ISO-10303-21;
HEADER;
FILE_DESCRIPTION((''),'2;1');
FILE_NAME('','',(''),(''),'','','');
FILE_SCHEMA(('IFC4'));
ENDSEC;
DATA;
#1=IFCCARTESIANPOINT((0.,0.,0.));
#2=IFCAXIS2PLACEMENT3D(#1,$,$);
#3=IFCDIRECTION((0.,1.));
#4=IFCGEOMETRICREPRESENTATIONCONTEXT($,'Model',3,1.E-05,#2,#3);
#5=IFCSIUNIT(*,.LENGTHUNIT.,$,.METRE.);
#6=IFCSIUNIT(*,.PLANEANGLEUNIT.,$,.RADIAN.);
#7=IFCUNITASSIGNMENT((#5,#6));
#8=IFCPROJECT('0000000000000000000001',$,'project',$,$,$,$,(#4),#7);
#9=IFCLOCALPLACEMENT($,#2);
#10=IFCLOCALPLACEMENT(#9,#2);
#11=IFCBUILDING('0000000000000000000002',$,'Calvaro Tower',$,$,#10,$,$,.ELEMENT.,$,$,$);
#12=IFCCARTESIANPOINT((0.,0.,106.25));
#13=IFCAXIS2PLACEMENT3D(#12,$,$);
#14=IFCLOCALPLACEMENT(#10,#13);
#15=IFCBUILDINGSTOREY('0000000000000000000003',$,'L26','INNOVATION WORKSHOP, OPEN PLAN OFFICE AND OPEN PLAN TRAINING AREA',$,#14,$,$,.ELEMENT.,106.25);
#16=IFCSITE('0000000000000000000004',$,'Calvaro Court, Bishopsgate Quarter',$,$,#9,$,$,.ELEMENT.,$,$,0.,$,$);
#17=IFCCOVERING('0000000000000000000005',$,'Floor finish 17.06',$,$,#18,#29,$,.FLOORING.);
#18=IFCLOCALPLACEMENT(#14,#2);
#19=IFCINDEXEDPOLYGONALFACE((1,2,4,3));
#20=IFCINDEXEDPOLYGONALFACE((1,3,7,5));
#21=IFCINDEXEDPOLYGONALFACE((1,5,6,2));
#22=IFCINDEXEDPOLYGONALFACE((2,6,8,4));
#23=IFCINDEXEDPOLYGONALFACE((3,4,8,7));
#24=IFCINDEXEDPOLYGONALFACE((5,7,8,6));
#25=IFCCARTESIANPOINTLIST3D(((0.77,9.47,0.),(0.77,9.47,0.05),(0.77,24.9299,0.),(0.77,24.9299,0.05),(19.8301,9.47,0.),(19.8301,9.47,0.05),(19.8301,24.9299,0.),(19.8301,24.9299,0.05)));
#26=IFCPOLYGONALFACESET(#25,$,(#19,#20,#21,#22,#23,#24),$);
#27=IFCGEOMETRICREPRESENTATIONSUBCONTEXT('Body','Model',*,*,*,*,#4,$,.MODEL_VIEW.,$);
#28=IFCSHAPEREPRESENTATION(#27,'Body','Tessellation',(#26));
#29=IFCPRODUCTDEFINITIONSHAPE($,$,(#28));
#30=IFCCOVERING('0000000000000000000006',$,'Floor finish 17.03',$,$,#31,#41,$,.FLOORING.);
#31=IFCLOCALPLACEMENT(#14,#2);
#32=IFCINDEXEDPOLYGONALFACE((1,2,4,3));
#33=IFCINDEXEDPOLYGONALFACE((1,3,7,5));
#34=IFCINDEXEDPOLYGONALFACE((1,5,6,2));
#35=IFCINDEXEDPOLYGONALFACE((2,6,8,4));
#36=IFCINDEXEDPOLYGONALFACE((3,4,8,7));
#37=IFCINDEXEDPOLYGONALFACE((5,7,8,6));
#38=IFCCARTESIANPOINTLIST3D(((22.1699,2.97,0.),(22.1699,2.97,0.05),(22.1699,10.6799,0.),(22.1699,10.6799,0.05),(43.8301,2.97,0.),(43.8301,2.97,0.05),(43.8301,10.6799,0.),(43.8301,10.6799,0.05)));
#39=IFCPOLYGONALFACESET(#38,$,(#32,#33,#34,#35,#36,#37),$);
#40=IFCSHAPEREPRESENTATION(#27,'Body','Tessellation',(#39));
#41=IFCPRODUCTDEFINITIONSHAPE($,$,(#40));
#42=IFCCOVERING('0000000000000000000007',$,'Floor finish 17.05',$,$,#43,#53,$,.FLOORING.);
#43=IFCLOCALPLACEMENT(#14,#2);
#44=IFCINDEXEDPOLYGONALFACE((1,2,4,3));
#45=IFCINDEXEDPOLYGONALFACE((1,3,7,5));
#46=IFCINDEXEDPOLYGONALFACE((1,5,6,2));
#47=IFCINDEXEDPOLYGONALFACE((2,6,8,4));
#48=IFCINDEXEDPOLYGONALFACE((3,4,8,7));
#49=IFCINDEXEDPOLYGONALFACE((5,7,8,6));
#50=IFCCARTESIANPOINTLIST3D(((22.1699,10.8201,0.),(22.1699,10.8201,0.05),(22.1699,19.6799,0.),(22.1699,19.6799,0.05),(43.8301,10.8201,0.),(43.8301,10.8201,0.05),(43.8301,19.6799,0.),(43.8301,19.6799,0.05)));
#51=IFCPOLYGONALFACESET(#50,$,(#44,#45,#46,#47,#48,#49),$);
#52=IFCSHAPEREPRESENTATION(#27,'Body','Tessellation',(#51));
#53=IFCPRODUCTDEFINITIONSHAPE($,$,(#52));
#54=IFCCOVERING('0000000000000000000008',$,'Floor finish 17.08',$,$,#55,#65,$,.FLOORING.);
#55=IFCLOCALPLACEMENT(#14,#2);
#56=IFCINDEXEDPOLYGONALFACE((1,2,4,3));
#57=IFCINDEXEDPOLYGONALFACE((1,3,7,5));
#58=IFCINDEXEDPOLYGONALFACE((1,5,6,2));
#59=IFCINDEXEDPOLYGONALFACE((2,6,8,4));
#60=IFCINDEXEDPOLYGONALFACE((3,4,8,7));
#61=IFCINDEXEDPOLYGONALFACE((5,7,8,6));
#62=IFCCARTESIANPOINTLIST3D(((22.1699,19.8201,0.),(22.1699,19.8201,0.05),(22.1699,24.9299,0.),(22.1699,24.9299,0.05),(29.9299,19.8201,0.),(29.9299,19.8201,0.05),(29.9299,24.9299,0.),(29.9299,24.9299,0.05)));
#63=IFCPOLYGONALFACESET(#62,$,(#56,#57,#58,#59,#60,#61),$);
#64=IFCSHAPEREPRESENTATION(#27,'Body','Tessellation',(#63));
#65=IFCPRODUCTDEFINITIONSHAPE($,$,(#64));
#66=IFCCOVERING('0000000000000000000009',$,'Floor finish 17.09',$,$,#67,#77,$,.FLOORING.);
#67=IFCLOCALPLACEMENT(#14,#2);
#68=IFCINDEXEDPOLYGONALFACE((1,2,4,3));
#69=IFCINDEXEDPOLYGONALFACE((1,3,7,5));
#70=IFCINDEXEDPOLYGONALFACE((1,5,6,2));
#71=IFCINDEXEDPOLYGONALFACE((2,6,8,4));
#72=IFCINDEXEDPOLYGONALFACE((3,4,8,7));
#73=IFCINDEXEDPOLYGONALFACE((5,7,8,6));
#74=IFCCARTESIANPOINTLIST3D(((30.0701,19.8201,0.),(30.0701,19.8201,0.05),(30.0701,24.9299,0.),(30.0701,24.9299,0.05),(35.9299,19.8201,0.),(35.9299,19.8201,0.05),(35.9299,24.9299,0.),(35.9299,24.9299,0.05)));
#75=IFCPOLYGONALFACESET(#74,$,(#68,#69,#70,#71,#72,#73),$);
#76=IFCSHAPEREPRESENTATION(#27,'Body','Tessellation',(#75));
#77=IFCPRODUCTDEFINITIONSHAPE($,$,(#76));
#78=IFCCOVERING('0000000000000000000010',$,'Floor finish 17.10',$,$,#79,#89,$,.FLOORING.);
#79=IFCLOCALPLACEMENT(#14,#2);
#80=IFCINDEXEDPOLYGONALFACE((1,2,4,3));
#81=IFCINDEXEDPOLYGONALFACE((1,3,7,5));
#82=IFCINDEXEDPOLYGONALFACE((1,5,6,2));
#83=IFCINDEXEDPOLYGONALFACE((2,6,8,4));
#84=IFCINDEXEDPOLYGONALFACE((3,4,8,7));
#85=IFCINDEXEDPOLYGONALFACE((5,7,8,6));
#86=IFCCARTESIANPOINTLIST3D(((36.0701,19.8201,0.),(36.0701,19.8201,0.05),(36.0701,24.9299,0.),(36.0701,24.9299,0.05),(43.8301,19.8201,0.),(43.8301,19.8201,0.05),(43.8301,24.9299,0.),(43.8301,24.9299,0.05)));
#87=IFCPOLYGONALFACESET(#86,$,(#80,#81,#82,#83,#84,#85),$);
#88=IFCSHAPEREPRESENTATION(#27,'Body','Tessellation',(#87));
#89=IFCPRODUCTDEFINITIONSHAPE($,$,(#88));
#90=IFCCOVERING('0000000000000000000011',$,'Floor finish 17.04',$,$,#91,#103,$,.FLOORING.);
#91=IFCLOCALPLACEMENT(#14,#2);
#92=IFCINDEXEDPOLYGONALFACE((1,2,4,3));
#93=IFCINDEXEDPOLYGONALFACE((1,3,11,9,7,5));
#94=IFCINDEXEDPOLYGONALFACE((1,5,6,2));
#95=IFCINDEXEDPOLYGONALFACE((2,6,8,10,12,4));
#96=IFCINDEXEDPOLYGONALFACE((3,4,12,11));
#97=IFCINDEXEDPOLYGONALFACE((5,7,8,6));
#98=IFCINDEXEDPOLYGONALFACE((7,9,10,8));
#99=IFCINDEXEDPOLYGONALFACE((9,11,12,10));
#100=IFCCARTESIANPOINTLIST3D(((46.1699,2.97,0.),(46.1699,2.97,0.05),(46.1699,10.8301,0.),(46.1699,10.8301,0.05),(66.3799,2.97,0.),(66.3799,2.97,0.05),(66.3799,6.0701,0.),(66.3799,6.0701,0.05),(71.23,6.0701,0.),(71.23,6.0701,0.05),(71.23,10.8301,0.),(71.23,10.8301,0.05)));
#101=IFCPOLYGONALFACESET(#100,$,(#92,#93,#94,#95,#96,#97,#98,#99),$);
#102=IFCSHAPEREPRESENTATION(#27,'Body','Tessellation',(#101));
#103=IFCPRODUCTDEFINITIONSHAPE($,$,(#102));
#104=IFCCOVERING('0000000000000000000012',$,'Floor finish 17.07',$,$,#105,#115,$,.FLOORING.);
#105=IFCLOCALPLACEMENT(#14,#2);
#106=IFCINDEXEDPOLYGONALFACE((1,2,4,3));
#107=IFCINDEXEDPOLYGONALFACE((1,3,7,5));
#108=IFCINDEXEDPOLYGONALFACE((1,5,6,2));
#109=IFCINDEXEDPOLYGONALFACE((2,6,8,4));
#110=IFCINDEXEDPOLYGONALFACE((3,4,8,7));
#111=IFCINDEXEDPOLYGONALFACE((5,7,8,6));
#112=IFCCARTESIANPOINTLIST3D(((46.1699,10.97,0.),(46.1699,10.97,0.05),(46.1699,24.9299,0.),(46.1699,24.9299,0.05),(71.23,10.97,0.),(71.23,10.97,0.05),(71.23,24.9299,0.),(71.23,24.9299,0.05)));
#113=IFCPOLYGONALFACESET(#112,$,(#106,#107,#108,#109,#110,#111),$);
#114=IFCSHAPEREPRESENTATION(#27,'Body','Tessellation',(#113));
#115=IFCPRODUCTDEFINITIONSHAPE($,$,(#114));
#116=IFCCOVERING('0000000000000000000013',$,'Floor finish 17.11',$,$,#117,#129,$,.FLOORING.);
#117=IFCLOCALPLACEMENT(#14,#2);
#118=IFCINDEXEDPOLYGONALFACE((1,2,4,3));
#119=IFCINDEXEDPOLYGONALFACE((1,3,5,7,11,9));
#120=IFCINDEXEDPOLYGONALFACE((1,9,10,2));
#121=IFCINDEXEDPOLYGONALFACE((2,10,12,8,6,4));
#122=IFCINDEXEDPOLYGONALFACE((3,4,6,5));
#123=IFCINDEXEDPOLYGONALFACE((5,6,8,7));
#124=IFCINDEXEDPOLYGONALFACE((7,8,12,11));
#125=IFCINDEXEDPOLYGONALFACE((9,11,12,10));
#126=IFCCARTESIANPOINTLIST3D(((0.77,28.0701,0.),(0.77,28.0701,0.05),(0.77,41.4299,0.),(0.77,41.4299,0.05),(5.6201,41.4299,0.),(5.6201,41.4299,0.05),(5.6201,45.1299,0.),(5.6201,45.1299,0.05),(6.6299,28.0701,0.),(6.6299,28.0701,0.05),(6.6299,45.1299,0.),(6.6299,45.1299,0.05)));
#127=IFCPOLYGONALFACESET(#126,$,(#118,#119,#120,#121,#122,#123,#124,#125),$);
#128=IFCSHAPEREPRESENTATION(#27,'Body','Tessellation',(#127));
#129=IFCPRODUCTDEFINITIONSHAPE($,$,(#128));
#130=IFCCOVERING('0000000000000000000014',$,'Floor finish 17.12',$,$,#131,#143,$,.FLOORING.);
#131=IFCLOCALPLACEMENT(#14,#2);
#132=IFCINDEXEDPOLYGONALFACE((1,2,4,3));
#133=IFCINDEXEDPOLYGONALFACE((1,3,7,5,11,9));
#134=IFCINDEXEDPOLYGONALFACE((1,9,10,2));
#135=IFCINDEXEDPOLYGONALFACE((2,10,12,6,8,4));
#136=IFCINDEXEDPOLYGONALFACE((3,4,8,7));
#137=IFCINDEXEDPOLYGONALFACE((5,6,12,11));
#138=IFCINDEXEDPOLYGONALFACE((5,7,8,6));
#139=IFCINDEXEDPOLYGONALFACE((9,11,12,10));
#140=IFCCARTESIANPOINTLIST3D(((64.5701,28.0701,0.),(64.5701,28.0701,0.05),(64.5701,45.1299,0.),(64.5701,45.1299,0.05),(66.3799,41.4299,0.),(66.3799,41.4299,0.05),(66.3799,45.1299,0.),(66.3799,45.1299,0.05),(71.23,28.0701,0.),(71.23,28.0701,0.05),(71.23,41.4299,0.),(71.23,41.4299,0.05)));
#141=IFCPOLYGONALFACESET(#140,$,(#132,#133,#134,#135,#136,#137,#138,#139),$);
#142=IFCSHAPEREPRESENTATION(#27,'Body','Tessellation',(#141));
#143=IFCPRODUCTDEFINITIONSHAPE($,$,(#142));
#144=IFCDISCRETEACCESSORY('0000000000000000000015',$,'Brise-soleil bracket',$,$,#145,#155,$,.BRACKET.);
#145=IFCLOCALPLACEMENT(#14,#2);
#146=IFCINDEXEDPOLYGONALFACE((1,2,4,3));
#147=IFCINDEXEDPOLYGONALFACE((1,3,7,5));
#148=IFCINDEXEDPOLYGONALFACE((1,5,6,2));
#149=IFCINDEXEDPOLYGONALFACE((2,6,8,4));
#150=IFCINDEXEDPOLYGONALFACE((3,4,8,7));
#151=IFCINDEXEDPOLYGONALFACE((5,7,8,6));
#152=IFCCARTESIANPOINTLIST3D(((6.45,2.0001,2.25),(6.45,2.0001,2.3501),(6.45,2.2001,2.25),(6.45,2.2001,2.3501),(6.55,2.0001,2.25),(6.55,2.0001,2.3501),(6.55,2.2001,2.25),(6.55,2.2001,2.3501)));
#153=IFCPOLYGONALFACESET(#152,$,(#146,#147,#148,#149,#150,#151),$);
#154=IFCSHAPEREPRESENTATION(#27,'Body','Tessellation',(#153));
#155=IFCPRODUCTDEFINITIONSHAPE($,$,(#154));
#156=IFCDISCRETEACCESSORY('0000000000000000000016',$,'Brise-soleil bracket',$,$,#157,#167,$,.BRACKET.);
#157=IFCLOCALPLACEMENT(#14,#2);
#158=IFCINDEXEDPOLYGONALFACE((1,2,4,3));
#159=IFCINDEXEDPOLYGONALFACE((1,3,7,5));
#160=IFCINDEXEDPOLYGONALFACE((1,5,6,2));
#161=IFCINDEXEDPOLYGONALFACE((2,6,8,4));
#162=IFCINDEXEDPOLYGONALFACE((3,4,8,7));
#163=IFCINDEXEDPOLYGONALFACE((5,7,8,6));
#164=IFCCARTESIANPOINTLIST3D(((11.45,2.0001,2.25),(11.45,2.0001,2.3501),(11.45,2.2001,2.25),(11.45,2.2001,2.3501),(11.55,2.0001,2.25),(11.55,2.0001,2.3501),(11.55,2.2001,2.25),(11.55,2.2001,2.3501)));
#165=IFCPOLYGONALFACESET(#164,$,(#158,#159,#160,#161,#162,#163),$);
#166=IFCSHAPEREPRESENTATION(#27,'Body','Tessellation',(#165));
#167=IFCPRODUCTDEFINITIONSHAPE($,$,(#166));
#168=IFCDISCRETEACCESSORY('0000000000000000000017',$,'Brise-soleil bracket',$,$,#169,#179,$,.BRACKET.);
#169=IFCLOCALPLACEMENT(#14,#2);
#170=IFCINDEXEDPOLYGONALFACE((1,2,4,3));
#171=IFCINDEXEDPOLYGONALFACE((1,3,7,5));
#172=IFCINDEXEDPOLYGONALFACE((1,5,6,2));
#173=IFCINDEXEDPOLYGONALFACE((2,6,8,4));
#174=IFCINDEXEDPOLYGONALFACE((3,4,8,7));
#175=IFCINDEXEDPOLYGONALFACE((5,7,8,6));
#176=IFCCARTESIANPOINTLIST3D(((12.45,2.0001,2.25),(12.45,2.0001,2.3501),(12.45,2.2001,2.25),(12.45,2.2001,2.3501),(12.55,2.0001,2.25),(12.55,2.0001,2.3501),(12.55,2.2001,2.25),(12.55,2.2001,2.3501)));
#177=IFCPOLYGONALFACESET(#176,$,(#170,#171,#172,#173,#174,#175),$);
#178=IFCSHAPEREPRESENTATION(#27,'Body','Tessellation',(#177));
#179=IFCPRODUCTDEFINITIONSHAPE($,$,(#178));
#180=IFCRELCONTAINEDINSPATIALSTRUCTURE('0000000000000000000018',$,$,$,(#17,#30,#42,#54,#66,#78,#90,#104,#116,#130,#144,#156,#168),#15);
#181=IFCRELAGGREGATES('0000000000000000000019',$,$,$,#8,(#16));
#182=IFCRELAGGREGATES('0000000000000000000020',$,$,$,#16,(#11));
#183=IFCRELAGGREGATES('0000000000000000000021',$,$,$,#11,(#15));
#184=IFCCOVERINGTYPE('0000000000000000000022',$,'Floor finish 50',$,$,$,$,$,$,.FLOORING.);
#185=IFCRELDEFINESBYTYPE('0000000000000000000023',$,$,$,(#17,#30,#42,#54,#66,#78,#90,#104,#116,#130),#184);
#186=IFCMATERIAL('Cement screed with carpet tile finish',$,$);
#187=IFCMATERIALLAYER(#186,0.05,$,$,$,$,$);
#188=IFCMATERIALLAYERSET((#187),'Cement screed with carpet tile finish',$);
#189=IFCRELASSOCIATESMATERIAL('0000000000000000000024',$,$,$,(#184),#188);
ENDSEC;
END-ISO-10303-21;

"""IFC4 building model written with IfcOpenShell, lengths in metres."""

from ifc_helpers import new_model, si_unit, direction, frame, origin, origin_2d, place, context, subcontext, project, spatial, polyline, rectangle, outline, extrude, material, layer, layer_set, type_object, element, save


model = new_model("IFC4")

# Units and contexts
model_context = context("Model", 3, precision=1e-05, world=origin(), true_north=direction((0.0, 1.0)))
body_context = subcontext(model_context, "Body", "Model", "MODEL_VIEW")
ifc_project = project(units=[si_unit("LENGTHUNIT", "METRE"), si_unit("PLANEANGLEUNIT", "RADIAN")], contexts=[model_context])

# Site, building, storey
site_placement = place(None, origin())
site = spatial("IfcSite", under=ifc_project, at=site_placement, Name="Calvaro Court, Bishopsgate Quarter", CompositionType="ELEMENT", RefElevation=0.0)
building_placement = place(site_placement, origin())
building = spatial("IfcBuilding", under=site, at=building_placement, Name="Calvaro Tower", CompositionType="ELEMENT")
storey_placement = place(building_placement, frame((0.0, 0.0, 106.25)))
storey = spatial("IfcBuildingStorey", under=building, at=storey_placement, Name="L26", Description="INNOVATION WORKSHOP, OPEN PLAN OFFICE AND OPEN PLAN TRAINING AREA", CompositionType="ELEMENT", Elevation=106.25)

# Coverings
ifc_material_1 = material(Name="Cement screed with carpet tile finish")
ifc_layer_1 = layer(ifc_material_1, 0.05)
ifc_layer_set_1 = layer_set([ifc_layer_1], Name="Cement screed with carpet tile finish")
covering_type = type_object("IfcCoveringType", Name="Floor finish 50", PredefinedType="FLOORING", material=ifc_layer_set_1)
covering_1_placement = place(storey_placement, origin())
element("IfcCovering", 1, at=covering_1_placement, inside=storey, type_object=covering_type, Name="Floor finish 17.06", PredefinedType="FLOORING", context=body_context, shape_type="SweptSolid", body=[
    extrude(outline(polyline([(19.8301, 24.9299), (19.8301, 9.47), (0.77, 9.47), (0.77, 24.9299), (19.8301, 24.9299)])), origin(), (0.0, 0.0, 1.0), 0.05),
])
covering_2_placement = place(storey_placement, origin())
element("IfcCovering", 2, at=covering_2_placement, inside=storey, type_object=covering_type, Name="Floor finish 17.03", PredefinedType="FLOORING", context=body_context, shape_type="SweptSolid", body=[
    extrude(outline(polyline([(22.1699, 10.6799), (43.8301, 10.6799), (43.8301, 2.97), (22.1699, 2.97), (22.1699, 10.6799)])), origin(), (0.0, 0.0, 1.0), 0.05),
])
covering_3_placement = place(storey_placement, origin())
element("IfcCovering", 3, at=covering_3_placement, inside=storey, type_object=covering_type, Name="Floor finish 17.05", PredefinedType="FLOORING", context=body_context, shape_type="SweptSolid", body=[
    extrude(outline(polyline([(22.1699, 10.8201), (22.1699, 19.6799), (43.8301, 19.6799), (43.8301, 10.8201), (22.1699, 10.8201)])), origin(), (0.0, 0.0, 1.0), 0.05),
])
covering_4_placement = place(storey_placement, origin())
element("IfcCovering", 4, at=covering_4_placement, inside=storey, type_object=covering_type, Name="Floor finish 17.08", PredefinedType="FLOORING", context=body_context, shape_type="SweptSolid", body=[
    extrude(outline(polyline([(22.1699, 19.8201), (22.1699, 24.9299), (29.9299, 24.9299), (29.9299, 19.8201), (22.1699, 19.8201)])), origin(), (0.0, 0.0, 1.0), 0.05),
])
covering_5_placement = place(storey_placement, origin())
element("IfcCovering", 5, at=covering_5_placement, inside=storey, type_object=covering_type, Name="Floor finish 17.09", PredefinedType="FLOORING", context=body_context, shape_type="SweptSolid", body=[
    extrude(outline(polyline([(30.0701, 19.8201), (30.0701, 24.9299), (35.9299, 24.9299), (35.9299, 19.8201), (30.0701, 19.8201)])), origin(), (0.0, 0.0, 1.0), 0.05),
])
covering_6_placement = place(storey_placement, origin())
element("IfcCovering", 6, at=covering_6_placement, inside=storey, type_object=covering_type, Name="Floor finish 17.10", PredefinedType="FLOORING", context=body_context, shape_type="SweptSolid", body=[
    extrude(outline(polyline([(36.0701, 19.8201), (36.0701, 24.9299), (43.8301, 24.9299), (43.8301, 19.8201), (36.0701, 19.8201)])), origin(), (0.0, 0.0, 1.0), 0.05),
])
covering_7_placement = place(storey_placement, origin())
element("IfcCovering", 7, at=covering_7_placement, inside=storey, type_object=covering_type, Name="Floor finish 17.04", PredefinedType="FLOORING", context=body_context, shape_type="SweptSolid", body=[
    extrude(outline(polyline([(71.23, 6.0701), (66.3799, 6.0701), (66.3799, 2.97), (46.1699, 2.97), (46.1699, 10.8301), (71.23, 10.8301), (71.23, 6.0701)])), origin(), (0.0, 0.0, 1.0), 0.05),
])
covering_8_placement = place(storey_placement, origin())
element("IfcCovering", 8, at=covering_8_placement, inside=storey, type_object=covering_type, Name="Floor finish 17.07", PredefinedType="FLOORING", context=body_context, shape_type="SweptSolid", body=[
    extrude(outline(polyline([(71.23, 10.97), (46.1699, 10.97), (46.1699, 24.9299), (71.23, 24.9299), (71.23, 10.97)])), origin(), (0.0, 0.0, 1.0), 0.05),
])
covering_9_placement = place(storey_placement, origin())
element("IfcCovering", 9, at=covering_9_placement, inside=storey, type_object=covering_type, Name="Floor finish 17.11", PredefinedType="FLOORING", context=body_context, shape_type="SweptSolid", body=[
    extrude(outline(polyline([(6.6299, 28.0701), (0.77, 28.0701), (0.77, 41.4299), (5.6201, 41.4299), (5.6201, 45.1299), (6.6299, 45.1299), (6.6299, 28.0701)])), origin(), (0.0, 0.0, 1.0), 0.05),
])
covering_10_placement = place(storey_placement, origin())
element("IfcCovering", 10, at=covering_10_placement, inside=storey, type_object=covering_type, Name="Floor finish 17.12", PredefinedType="FLOORING", context=body_context, shape_type="SweptSolid", body=[
    extrude(outline(polyline([(71.23, 28.0701), (64.5701, 28.0701), (64.5701, 45.1299), (66.3799, 45.1299), (66.3799, 41.4299), (71.23, 41.4299), (71.23, 28.0701)])), origin(), (0.0, 0.0, 1.0), 0.05),
])

# Discrete accessories
for number, where, z_axis, x_axis, name in (
    (11, (6.5, 2.1001, 2.25), (0.0, 0.0, 1.0), (1.0, 0.0, 0.0), "Brise-soleil bracket"),
    (12, (11.5, 2.1001, 2.25), (0.0, 0.0, 1.0), (1.0, 0.0, 0.0), "Brise-soleil bracket"),
    (13, (12.5, 2.1001, 2.25), (0.0, 0.0, 1.0), (1.0, 0.0, 0.0), "Brise-soleil bracket"),
):
    element("IfcDiscreteAccessory", number, at=place(storey_placement, frame(where, z_axis=z_axis, x_axis=x_axis)), inside=storey, Name=name, PredefinedType="BRACKET", context=body_context, shape_type="SweptSolid", body=[
        extrude(rectangle(XDim=0.1001, YDim=0.2, at=origin_2d()), origin(), (0.0, 0.0, 1.0), 0.1001),
    ])

save(model, "model.ifc")
